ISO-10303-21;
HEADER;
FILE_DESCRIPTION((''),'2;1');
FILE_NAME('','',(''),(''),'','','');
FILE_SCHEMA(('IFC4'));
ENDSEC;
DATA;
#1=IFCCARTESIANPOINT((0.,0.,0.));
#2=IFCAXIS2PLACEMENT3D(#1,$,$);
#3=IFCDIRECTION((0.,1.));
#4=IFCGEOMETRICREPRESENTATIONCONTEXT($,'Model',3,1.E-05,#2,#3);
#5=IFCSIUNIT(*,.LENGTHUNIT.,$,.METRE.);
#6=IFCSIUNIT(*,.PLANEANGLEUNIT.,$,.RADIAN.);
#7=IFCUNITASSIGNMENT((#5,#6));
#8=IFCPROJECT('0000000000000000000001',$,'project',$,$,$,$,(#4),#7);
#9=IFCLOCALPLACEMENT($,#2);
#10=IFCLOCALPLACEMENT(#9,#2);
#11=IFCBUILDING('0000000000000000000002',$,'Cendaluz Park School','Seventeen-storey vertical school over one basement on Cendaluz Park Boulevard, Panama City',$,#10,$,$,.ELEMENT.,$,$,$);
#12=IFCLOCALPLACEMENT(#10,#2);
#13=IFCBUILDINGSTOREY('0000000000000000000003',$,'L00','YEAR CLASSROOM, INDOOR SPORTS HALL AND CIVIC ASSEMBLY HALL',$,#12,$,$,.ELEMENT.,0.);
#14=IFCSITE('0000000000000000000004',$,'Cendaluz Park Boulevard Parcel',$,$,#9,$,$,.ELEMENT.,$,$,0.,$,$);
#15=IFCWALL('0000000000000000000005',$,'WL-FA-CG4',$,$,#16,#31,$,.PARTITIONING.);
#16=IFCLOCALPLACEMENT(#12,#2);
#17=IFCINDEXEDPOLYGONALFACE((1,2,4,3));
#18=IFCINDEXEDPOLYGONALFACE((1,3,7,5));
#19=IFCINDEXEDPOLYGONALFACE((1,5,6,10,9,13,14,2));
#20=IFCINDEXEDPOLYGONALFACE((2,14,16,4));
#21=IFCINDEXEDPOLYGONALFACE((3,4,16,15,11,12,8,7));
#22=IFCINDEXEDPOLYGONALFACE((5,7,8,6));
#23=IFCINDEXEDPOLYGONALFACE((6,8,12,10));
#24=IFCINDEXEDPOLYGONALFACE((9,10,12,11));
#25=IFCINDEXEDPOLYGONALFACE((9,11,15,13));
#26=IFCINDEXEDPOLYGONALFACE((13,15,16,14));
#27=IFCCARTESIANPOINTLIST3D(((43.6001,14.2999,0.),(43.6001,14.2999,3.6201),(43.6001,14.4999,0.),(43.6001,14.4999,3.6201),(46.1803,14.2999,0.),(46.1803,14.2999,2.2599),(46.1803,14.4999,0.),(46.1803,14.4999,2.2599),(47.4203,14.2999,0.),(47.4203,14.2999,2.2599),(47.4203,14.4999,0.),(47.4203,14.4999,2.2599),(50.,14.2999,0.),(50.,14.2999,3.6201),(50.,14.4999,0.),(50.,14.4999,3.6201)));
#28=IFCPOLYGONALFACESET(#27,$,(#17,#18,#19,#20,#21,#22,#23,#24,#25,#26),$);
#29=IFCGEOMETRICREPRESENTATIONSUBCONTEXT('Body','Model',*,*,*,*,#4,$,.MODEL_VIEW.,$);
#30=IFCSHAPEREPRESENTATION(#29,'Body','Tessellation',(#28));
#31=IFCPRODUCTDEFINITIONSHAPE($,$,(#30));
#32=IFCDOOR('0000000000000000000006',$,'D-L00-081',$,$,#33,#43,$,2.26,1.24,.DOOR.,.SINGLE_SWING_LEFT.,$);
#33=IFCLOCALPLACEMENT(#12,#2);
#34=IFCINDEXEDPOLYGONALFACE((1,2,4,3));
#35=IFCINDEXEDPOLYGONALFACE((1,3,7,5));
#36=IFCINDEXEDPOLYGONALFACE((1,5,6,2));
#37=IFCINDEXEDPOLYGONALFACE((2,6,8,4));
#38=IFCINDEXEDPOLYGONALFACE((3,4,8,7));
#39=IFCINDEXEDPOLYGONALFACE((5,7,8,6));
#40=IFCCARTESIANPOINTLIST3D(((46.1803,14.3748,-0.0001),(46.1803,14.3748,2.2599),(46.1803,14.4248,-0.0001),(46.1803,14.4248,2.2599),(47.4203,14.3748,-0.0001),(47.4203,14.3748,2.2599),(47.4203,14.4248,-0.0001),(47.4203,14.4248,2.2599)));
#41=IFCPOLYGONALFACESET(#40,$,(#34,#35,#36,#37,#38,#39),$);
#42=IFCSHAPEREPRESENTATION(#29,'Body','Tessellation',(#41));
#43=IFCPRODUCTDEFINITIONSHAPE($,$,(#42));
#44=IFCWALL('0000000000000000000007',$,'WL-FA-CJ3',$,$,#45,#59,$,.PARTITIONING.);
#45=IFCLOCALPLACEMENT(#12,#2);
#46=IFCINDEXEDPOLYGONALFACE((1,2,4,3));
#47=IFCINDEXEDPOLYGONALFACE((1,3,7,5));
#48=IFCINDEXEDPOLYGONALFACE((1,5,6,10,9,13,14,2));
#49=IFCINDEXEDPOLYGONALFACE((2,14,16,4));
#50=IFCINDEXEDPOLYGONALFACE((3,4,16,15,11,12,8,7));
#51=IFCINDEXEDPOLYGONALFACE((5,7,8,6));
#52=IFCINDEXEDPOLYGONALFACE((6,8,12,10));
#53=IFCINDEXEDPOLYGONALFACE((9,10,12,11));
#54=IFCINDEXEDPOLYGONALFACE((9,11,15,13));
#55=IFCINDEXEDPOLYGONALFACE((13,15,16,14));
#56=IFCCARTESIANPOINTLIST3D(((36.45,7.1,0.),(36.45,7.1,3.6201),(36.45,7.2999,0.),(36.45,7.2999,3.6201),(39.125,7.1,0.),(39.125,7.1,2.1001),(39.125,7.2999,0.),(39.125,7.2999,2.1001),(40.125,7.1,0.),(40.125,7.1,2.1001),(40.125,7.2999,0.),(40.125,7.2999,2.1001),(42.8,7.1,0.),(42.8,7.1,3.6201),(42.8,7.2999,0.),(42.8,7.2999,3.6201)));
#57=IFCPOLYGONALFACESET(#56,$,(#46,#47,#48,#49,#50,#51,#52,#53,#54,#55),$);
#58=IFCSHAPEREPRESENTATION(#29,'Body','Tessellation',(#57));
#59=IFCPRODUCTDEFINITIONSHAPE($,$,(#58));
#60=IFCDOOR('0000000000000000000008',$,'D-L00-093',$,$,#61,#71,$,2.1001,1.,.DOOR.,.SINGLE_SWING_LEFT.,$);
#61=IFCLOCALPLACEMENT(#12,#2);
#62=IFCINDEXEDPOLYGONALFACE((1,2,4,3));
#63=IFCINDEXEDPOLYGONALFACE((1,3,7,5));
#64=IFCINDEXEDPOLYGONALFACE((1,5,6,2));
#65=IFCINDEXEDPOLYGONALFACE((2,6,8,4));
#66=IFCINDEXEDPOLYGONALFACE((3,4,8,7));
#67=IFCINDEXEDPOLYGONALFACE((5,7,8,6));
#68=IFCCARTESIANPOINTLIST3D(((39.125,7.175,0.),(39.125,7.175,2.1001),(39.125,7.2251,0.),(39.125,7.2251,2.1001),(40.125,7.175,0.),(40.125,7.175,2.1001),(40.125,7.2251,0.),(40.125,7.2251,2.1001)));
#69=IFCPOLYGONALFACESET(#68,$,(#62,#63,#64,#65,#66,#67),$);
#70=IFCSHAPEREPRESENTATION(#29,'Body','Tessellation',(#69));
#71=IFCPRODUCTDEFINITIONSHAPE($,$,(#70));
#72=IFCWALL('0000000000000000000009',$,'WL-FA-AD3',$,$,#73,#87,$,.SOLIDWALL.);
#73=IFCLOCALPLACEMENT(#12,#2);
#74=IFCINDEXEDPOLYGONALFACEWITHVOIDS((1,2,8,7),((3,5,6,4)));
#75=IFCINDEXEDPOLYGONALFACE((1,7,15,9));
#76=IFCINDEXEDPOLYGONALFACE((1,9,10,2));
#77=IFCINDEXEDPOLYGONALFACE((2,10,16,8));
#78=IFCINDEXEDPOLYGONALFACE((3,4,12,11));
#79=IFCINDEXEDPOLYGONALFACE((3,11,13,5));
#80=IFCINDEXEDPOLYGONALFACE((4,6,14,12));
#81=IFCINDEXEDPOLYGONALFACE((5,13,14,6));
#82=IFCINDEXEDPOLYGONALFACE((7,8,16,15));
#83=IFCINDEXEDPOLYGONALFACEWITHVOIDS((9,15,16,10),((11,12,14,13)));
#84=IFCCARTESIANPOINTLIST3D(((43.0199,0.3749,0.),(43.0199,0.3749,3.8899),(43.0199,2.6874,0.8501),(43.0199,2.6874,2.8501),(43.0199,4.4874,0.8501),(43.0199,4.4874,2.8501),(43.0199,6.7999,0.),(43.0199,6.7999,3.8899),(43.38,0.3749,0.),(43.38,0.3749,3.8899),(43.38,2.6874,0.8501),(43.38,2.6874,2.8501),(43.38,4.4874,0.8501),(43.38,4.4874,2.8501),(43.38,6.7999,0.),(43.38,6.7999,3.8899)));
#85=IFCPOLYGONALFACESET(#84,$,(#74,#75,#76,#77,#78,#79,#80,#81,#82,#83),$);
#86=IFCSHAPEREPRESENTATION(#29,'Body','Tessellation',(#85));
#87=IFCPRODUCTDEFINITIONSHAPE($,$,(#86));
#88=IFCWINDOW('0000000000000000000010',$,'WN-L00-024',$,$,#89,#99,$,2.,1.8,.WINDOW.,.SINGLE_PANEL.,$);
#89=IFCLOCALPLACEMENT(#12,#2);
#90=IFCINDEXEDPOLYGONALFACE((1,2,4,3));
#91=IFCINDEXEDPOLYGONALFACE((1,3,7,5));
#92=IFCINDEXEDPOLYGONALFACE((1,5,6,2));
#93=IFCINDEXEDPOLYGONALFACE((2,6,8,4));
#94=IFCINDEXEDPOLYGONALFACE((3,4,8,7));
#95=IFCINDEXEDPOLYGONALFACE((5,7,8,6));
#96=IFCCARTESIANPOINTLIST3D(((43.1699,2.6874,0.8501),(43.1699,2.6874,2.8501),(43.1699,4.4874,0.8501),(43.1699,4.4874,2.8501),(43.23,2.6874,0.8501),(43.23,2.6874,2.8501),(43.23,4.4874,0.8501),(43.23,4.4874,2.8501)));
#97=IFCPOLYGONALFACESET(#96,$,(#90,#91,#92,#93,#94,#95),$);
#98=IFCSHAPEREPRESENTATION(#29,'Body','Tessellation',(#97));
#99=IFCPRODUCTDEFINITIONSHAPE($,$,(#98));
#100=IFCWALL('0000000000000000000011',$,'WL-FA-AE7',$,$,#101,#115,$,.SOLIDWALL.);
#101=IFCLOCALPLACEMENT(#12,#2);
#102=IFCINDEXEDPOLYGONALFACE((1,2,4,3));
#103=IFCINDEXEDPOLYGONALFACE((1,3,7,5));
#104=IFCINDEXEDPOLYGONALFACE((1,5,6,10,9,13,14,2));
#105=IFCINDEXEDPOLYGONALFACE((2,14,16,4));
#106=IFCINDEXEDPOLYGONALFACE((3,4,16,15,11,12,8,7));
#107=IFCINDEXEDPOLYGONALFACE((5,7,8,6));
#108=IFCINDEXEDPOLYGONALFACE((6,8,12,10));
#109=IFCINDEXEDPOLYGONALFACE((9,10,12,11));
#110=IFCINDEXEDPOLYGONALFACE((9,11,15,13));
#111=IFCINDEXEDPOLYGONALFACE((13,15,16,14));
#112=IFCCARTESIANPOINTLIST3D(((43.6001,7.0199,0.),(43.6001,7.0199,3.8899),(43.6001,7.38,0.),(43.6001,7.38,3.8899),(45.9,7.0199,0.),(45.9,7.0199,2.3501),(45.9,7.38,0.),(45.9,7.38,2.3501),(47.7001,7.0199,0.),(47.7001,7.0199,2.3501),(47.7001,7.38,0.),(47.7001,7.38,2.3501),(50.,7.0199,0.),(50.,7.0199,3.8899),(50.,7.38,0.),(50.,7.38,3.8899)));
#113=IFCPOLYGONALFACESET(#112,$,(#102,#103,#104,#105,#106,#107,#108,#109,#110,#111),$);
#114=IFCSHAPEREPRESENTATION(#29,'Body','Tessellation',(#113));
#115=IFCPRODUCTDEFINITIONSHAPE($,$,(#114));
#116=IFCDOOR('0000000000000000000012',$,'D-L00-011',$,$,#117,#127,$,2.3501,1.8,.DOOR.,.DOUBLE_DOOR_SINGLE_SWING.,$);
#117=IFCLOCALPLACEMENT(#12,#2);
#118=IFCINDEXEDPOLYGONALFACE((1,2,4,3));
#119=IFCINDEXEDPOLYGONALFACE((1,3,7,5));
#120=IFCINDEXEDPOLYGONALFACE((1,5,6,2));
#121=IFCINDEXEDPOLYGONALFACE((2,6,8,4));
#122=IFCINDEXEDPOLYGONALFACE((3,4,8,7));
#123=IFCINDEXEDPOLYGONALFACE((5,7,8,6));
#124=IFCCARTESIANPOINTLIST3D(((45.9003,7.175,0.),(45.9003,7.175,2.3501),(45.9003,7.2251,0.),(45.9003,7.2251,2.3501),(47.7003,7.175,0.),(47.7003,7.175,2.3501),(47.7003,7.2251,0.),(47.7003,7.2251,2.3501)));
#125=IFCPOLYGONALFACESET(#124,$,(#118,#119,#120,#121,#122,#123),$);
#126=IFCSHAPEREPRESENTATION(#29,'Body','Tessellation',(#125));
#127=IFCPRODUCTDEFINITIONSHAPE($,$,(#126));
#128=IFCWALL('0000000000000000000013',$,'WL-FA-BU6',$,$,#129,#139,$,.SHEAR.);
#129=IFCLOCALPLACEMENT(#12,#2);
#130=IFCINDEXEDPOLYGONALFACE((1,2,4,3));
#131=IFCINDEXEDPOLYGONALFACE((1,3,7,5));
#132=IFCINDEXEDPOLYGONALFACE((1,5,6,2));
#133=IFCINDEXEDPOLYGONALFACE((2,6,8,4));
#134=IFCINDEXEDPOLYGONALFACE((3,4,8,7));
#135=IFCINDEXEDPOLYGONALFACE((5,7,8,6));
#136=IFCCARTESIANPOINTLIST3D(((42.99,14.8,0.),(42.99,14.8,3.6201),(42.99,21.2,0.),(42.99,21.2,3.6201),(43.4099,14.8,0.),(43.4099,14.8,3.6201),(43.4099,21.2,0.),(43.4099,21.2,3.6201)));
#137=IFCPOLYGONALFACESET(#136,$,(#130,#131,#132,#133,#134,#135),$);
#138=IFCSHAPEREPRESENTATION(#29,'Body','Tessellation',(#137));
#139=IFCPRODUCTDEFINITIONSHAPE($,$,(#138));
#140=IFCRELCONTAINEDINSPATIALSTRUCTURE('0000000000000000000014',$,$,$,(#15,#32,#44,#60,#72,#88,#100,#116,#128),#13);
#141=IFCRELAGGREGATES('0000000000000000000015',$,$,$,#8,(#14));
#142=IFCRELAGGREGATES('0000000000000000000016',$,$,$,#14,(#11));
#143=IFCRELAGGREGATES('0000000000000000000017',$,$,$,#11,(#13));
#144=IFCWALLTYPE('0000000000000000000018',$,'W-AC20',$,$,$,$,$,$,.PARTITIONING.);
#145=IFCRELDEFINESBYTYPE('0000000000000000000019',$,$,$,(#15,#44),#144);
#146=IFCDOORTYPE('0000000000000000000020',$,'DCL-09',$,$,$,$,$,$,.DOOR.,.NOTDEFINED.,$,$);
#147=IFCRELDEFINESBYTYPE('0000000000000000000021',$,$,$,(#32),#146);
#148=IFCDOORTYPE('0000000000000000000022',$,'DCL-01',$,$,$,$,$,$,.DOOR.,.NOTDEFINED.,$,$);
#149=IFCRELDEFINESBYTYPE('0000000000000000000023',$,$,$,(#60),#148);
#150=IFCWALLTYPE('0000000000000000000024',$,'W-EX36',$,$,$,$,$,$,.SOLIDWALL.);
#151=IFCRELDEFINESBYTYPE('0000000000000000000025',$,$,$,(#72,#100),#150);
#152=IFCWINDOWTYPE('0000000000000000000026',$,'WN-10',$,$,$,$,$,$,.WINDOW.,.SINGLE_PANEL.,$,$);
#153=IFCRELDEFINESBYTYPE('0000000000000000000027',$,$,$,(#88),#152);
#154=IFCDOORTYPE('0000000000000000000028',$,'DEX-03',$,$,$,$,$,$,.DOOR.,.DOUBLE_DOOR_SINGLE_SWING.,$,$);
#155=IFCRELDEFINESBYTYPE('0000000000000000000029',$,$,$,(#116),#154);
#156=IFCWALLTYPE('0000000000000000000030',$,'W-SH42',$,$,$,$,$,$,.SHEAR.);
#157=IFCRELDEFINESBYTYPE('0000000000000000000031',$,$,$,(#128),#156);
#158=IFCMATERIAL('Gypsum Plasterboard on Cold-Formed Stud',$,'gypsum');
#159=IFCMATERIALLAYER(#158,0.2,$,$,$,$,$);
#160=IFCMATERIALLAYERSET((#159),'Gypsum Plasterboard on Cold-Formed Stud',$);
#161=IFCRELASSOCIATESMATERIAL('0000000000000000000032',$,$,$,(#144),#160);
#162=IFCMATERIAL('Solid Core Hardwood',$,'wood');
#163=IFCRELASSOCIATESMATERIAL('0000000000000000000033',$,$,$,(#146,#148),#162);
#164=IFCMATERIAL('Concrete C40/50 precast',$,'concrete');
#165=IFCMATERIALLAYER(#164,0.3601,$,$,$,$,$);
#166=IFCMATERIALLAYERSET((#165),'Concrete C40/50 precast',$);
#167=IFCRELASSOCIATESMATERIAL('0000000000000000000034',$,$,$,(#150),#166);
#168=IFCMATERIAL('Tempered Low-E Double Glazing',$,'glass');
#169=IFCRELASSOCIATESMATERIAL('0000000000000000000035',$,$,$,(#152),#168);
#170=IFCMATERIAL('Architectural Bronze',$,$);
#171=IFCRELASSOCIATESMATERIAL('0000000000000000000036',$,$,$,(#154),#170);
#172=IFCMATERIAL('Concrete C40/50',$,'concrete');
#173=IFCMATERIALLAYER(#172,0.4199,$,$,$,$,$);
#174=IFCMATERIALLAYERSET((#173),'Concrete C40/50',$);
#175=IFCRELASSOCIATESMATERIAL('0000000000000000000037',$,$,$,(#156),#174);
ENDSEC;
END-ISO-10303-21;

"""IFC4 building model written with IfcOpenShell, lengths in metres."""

from ifc_helpers import new_model, si_unit, direction, frame, frame_2d, origin, place, context, subcontext, project, spatial, rectangle, extrude, material, layer, layer_set, type_object, element, fill, save


model = new_model("IFC4")

# Units and contexts
model_context = context("Model", 3, precision=1e-05, world=origin(), true_north=direction((0.0, 1.0)))
body_context = subcontext(model_context, "Body", "Model", "MODEL_VIEW")
ifc_project = project(units=[si_unit("LENGTHUNIT", "METRE"), si_unit("PLANEANGLEUNIT", "RADIAN")], contexts=[model_context])

# Site, building, storey
site_placement = place(None, origin())
site = spatial("IfcSite", under=ifc_project, at=site_placement, Name="Cendaluz Park Boulevard Parcel", CompositionType="ELEMENT", RefElevation=0.0)
building_placement = place(site_placement, origin())
building = spatial("IfcBuilding", under=site, at=building_placement, Name="Cendaluz Park School", Description="Seventeen-storey vertical school over one basement on Cendaluz Park Boulevard, Panama City", CompositionType="ELEMENT")
storey_placement = place(building_placement, origin())
storey = spatial("IfcBuildingStorey", under=building, at=storey_placement, Name="L00", Description="YEAR CLASSROOM, INDOOR SPORTS HALL AND CIVIC ASSEMBLY HALL", CompositionType="ELEMENT", Elevation=0.0)

# Shared definitions
ifc_material_1 = material(Name="Concrete C40/50", Category="concrete")

# Walls, openings, doors
ifc_material_2 = material(Name="Gypsum Plasterboard on Cold-Formed Stud", Category="gypsum")
ifc_layer_1 = layer(ifc_material_2, 0.2)
ifc_layer_set_1 = layer_set([ifc_layer_1], Name="Gypsum Plasterboard on Cold-Formed Stud")
wall_type_1 = type_object("IfcWallType", Name="W-AC20", PredefinedType="PARTITIONING", material=ifc_layer_set_1)
wall_1_placement = place(storey_placement, frame((43.6001, 14.3999, 0.0), z_axis=(0.0, 0.0, 1.0), x_axis=(1.0, 0.0, 0.0)))
wall_1 = element("IfcWall", 1, at=wall_1_placement, inside=storey, type_object=wall_type_1, Name="WL-FA-CG4", PredefinedType="PARTITIONING", context=body_context, shape_type="SweptSolid", body=[
    extrude(rectangle(XDim=6.3999, YDim=0.2, at=frame_2d((3.2, 0.0))), origin(), (0.0, 0.0, 1.0), 3.6201),
])
opening_1_placement = place(wall_1_placement, frame((2.5801, 0.0, 0.0)))
opening_1 = element("IfcOpeningElement", 2, at=opening_1_placement, cuts=wall_1, PredefinedType="OPENING", context=body_context, shape_type="SweptSolid", body=[
    extrude(rectangle(XDim=1.24, YDim=2.26, at=frame_2d((0.6201, 1.1299))), frame((0.0, 0.1121, 0.0), z_axis=(0.0, -1.0, 0.0), x_axis=(1.0, 0.0, 0.0)), (0.0, 0.0, 1.0), 0.2239),
])
ifc_material_3 = material(Name="Solid Core Hardwood", Category="wood")
door_type_1 = type_object("IfcDoorType", Name="DCL-09", OperationType="NOTDEFINED", PredefinedType="DOOR", material=ifc_material_3)
door_1_placement = place(opening_1_placement, origin())
door_1 = element("IfcDoor", 3, at=door_1_placement, inside=storey, type_object=door_type_1, Name="D-L00-081", OperationType="SINGLE_SWING_LEFT", OverallHeight=2.26, OverallWidth=1.24, PredefinedType="DOOR", context=body_context, shape_type="SweptSolid", body=[
    extrude(rectangle(XDim=1.24, YDim=2.26, at=frame_2d((0.6201, 1.1299))), frame((0.0, 0.0249, 0.0), z_axis=(0.0, -1.0, 0.0), x_axis=(1.0, 0.0, 0.0)), (0.0, 0.0, 1.0), 0.05),
])
fill(opening_1, door_1)
wall_2_placement = place(storey_placement, frame((36.45, 7.2, 0.0), z_axis=(0.0, 0.0, 1.0), x_axis=(1.0, 0.0, 0.0)))
wall_2 = element("IfcWall", 4, at=wall_2_placement, inside=storey, type_object=wall_type_1, Name="WL-FA-CJ3", PredefinedType="PARTITIONING", context=body_context, shape_type="SweptSolid", body=[
    extrude(rectangle(XDim=6.3501, YDim=0.2, at=frame_2d((3.175, 0.0))), origin(), (0.0, 0.0, 1.0), 3.6201),
])
opening_2_placement = place(wall_2_placement, frame((2.675, 0.0, 0.0)))
opening_2 = element("IfcOpeningElement", 5, at=opening_2_placement, cuts=wall_2, PredefinedType="OPENING", context=body_context, shape_type="SweptSolid", body=[
    extrude(rectangle(XDim=1.0, YDim=2.1001, at=frame_2d((0.5, 1.05))), frame((0.0, 0.1121, 0.0), z_axis=(0.0, -1.0, 0.0), x_axis=(1.0, 0.0, 0.0)), (0.0, 0.0, 1.0), 0.2239),
])
door_type_2 = type_object("IfcDoorType", Name="DCL-01", OperationType="NOTDEFINED", PredefinedType="DOOR", material=ifc_material_3)
door_2_placement = place(opening_2_placement, frame((1.0, 0.0, 0.0), z_axis=(0.0, 0.0, 1.0), x_axis=(-1.0, 0.0, 0.0)))
door_2 = element("IfcDoor", 6, at=door_2_placement, inside=storey, type_object=door_type_2, Name="D-L00-093", OperationType="SINGLE_SWING_LEFT", OverallHeight=2.1001, OverallWidth=1.0, PredefinedType="DOOR", context=body_context, shape_type="SweptSolid", body=[
    extrude(rectangle(XDim=1.0, YDim=2.1001, at=frame_2d((0.5, 1.05))), frame((0.0, 0.0249, 0.0), z_axis=(0.0, -1.0, 0.0), x_axis=(1.0, 0.0, 0.0)), (0.0, 0.0, 1.0), 0.05),
])
fill(opening_2, door_2)
ifc_material_4 = material(Name="Concrete C40/50 precast", Category="concrete")
ifc_layer_2 = layer(ifc_material_4, 0.3601)
ifc_layer_set_2 = layer_set([ifc_layer_2], Name="Concrete C40/50 precast")
wall_type_2 = type_object("IfcWallType", Name="W-EX36", PredefinedType="SOLIDWALL", material=ifc_layer_set_2)
ifc_material_5 = material(Name="Architectural Bronze")

# Wall, opening, window
wall_3_placement = place(storey_placement, frame((43.2, 0.375, 0.0), z_axis=(0.0, 0.0, 1.0), x_axis=(0.0, 1.0, 0.0)))
wall_3 = element("IfcWall", 7, at=wall_3_placement, inside=storey, type_object=wall_type_2, Name="WL-FA-AD3", PredefinedType="SOLIDWALL", context=body_context, shape_type="SweptSolid", body=[
    extrude(rectangle(XDim=6.425, YDim=0.3601, at=frame_2d((3.2124, 0.0))), origin(), (0.0, 0.0, 1.0), 3.8899),
])
opening_3_placement = place(wall_3_placement, frame((2.3125, 0.0, 0.8501)))
opening_3 = element("IfcOpeningElement", 8, at=opening_3_placement, cuts=wall_3, PredefinedType="OPENING", context=body_context, shape_type="SweptSolid", body=[
    extrude(rectangle(XDim=1.8, YDim=2.0, at=frame_2d((0.8999, 1.0))), frame((0.0, 0.1921, 0.0), z_axis=(0.0, -1.0, 0.0), x_axis=(1.0, 0.0, 0.0)), (0.0, 0.0, 1.0), 0.384),
])
ifc_material_6 = material(Name="Tempered Low-E Double Glazing", Category="glass")
window_type = type_object("IfcWindowType", Name="WN-10", PartitioningType="SINGLE_PANEL", PredefinedType="WINDOW", material=ifc_material_6)
window_placement = place(opening_3_placement, origin())
window = element("IfcWindow", 9, at=window_placement, inside=storey, type_object=window_type, Name="WN-L00-024", OverallHeight=2.0, OverallWidth=1.8, PartitioningType="SINGLE_PANEL", PredefinedType="WINDOW", context=body_context, shape_type="SweptSolid", body=[
    extrude(rectangle(XDim=1.8, YDim=2.0, at=frame_2d((0.8999, 1.0))), frame((0.0, 0.03, 0.0), z_axis=(0.0, -1.0, 0.0), x_axis=(1.0, 0.0, 0.0)), (0.0, 0.0, 1.0), 0.0601),
])
fill(opening_3, window)

# Wall, opening, door
wall_4_placement = place(storey_placement, frame((43.6001, 7.2, 0.0), z_axis=(0.0, 0.0, 1.0), x_axis=(1.0, 0.0, 0.0)))
wall_4 = element("IfcWall", 10, at=wall_4_placement, inside=storey, type_object=wall_type_2, Name="WL-FA-AE7", PredefinedType="SOLIDWALL", context=body_context, shape_type="SweptSolid", body=[
    extrude(rectangle(XDim=6.3999, YDim=0.3601, at=frame_2d((3.2, 0.0))), origin(), (0.0, 0.0, 1.0), 3.8899),
])
opening_4_placement = place(wall_4_placement, frame((2.3, 0.0, 0.0)))
opening_4 = element("IfcOpeningElement", 11, at=opening_4_placement, cuts=wall_4, PredefinedType="OPENING", context=body_context, shape_type="SweptSolid", body=[
    extrude(rectangle(XDim=1.8, YDim=2.3501, at=frame_2d((0.8999, 1.175))), frame((0.0, 0.1921, 0.0), z_axis=(0.0, -1.0, 0.0), x_axis=(1.0, 0.0, 0.0)), (0.0, 0.0, 1.0), 0.384),
])
door_type_3 = type_object("IfcDoorType", Name="DEX-03", OperationType="DOUBLE_DOOR_SINGLE_SWING", PredefinedType="DOOR", material=ifc_material_5)
door_3_placement = place(opening_4_placement, frame((1.8, 0.0, 0.0), z_axis=(0.0, 0.0, 1.0), x_axis=(-1.0, 0.0, 0.0)))
door_3 = element("IfcDoor", 12, at=door_3_placement, inside=storey, type_object=door_type_3, Name="D-L00-011", OperationType="DOUBLE_DOOR_SINGLE_SWING", OverallHeight=2.3501, OverallWidth=1.8, PredefinedType="DOOR", context=body_context, shape_type="SweptSolid", body=[
    extrude(rectangle(XDim=1.8, YDim=2.3501, at=frame_2d((0.8999, 1.175))), frame((0.0, 0.0249, 0.0), z_axis=(0.0, -1.0, 0.0), x_axis=(1.0, 0.0, 0.0)), (0.0, 0.0, 1.0), 0.05),
])
fill(opening_4, door_3)

# Wall
ifc_layer_3 = layer(ifc_material_1, 0.4199)
ifc_layer_set_3 = layer_set([ifc_layer_3], Name="Concrete C40/50")
wall_type_3 = type_object("IfcWallType", Name="W-SH42", PredefinedType="SHEAR", material=ifc_layer_set_3)
wall_5_placement = place(storey_placement, frame((43.2, 14.8, 0.0), z_axis=(0.0, 0.0, 1.0), x_axis=(0.0, 1.0, 0.0)))
element("IfcWall", 13, at=wall_5_placement, inside=storey, type_object=wall_type_3, Name="WL-FA-BU6", PredefinedType="SHEAR", context=body_context, shape_type="SweptSolid", body=[
    extrude(rectangle(XDim=6.3999, YDim=0.4199, at=frame_2d((3.2, 0.0))), origin(), (0.0, 0.0, 1.0), 3.6201),
])

save(model, "model.ifc")
